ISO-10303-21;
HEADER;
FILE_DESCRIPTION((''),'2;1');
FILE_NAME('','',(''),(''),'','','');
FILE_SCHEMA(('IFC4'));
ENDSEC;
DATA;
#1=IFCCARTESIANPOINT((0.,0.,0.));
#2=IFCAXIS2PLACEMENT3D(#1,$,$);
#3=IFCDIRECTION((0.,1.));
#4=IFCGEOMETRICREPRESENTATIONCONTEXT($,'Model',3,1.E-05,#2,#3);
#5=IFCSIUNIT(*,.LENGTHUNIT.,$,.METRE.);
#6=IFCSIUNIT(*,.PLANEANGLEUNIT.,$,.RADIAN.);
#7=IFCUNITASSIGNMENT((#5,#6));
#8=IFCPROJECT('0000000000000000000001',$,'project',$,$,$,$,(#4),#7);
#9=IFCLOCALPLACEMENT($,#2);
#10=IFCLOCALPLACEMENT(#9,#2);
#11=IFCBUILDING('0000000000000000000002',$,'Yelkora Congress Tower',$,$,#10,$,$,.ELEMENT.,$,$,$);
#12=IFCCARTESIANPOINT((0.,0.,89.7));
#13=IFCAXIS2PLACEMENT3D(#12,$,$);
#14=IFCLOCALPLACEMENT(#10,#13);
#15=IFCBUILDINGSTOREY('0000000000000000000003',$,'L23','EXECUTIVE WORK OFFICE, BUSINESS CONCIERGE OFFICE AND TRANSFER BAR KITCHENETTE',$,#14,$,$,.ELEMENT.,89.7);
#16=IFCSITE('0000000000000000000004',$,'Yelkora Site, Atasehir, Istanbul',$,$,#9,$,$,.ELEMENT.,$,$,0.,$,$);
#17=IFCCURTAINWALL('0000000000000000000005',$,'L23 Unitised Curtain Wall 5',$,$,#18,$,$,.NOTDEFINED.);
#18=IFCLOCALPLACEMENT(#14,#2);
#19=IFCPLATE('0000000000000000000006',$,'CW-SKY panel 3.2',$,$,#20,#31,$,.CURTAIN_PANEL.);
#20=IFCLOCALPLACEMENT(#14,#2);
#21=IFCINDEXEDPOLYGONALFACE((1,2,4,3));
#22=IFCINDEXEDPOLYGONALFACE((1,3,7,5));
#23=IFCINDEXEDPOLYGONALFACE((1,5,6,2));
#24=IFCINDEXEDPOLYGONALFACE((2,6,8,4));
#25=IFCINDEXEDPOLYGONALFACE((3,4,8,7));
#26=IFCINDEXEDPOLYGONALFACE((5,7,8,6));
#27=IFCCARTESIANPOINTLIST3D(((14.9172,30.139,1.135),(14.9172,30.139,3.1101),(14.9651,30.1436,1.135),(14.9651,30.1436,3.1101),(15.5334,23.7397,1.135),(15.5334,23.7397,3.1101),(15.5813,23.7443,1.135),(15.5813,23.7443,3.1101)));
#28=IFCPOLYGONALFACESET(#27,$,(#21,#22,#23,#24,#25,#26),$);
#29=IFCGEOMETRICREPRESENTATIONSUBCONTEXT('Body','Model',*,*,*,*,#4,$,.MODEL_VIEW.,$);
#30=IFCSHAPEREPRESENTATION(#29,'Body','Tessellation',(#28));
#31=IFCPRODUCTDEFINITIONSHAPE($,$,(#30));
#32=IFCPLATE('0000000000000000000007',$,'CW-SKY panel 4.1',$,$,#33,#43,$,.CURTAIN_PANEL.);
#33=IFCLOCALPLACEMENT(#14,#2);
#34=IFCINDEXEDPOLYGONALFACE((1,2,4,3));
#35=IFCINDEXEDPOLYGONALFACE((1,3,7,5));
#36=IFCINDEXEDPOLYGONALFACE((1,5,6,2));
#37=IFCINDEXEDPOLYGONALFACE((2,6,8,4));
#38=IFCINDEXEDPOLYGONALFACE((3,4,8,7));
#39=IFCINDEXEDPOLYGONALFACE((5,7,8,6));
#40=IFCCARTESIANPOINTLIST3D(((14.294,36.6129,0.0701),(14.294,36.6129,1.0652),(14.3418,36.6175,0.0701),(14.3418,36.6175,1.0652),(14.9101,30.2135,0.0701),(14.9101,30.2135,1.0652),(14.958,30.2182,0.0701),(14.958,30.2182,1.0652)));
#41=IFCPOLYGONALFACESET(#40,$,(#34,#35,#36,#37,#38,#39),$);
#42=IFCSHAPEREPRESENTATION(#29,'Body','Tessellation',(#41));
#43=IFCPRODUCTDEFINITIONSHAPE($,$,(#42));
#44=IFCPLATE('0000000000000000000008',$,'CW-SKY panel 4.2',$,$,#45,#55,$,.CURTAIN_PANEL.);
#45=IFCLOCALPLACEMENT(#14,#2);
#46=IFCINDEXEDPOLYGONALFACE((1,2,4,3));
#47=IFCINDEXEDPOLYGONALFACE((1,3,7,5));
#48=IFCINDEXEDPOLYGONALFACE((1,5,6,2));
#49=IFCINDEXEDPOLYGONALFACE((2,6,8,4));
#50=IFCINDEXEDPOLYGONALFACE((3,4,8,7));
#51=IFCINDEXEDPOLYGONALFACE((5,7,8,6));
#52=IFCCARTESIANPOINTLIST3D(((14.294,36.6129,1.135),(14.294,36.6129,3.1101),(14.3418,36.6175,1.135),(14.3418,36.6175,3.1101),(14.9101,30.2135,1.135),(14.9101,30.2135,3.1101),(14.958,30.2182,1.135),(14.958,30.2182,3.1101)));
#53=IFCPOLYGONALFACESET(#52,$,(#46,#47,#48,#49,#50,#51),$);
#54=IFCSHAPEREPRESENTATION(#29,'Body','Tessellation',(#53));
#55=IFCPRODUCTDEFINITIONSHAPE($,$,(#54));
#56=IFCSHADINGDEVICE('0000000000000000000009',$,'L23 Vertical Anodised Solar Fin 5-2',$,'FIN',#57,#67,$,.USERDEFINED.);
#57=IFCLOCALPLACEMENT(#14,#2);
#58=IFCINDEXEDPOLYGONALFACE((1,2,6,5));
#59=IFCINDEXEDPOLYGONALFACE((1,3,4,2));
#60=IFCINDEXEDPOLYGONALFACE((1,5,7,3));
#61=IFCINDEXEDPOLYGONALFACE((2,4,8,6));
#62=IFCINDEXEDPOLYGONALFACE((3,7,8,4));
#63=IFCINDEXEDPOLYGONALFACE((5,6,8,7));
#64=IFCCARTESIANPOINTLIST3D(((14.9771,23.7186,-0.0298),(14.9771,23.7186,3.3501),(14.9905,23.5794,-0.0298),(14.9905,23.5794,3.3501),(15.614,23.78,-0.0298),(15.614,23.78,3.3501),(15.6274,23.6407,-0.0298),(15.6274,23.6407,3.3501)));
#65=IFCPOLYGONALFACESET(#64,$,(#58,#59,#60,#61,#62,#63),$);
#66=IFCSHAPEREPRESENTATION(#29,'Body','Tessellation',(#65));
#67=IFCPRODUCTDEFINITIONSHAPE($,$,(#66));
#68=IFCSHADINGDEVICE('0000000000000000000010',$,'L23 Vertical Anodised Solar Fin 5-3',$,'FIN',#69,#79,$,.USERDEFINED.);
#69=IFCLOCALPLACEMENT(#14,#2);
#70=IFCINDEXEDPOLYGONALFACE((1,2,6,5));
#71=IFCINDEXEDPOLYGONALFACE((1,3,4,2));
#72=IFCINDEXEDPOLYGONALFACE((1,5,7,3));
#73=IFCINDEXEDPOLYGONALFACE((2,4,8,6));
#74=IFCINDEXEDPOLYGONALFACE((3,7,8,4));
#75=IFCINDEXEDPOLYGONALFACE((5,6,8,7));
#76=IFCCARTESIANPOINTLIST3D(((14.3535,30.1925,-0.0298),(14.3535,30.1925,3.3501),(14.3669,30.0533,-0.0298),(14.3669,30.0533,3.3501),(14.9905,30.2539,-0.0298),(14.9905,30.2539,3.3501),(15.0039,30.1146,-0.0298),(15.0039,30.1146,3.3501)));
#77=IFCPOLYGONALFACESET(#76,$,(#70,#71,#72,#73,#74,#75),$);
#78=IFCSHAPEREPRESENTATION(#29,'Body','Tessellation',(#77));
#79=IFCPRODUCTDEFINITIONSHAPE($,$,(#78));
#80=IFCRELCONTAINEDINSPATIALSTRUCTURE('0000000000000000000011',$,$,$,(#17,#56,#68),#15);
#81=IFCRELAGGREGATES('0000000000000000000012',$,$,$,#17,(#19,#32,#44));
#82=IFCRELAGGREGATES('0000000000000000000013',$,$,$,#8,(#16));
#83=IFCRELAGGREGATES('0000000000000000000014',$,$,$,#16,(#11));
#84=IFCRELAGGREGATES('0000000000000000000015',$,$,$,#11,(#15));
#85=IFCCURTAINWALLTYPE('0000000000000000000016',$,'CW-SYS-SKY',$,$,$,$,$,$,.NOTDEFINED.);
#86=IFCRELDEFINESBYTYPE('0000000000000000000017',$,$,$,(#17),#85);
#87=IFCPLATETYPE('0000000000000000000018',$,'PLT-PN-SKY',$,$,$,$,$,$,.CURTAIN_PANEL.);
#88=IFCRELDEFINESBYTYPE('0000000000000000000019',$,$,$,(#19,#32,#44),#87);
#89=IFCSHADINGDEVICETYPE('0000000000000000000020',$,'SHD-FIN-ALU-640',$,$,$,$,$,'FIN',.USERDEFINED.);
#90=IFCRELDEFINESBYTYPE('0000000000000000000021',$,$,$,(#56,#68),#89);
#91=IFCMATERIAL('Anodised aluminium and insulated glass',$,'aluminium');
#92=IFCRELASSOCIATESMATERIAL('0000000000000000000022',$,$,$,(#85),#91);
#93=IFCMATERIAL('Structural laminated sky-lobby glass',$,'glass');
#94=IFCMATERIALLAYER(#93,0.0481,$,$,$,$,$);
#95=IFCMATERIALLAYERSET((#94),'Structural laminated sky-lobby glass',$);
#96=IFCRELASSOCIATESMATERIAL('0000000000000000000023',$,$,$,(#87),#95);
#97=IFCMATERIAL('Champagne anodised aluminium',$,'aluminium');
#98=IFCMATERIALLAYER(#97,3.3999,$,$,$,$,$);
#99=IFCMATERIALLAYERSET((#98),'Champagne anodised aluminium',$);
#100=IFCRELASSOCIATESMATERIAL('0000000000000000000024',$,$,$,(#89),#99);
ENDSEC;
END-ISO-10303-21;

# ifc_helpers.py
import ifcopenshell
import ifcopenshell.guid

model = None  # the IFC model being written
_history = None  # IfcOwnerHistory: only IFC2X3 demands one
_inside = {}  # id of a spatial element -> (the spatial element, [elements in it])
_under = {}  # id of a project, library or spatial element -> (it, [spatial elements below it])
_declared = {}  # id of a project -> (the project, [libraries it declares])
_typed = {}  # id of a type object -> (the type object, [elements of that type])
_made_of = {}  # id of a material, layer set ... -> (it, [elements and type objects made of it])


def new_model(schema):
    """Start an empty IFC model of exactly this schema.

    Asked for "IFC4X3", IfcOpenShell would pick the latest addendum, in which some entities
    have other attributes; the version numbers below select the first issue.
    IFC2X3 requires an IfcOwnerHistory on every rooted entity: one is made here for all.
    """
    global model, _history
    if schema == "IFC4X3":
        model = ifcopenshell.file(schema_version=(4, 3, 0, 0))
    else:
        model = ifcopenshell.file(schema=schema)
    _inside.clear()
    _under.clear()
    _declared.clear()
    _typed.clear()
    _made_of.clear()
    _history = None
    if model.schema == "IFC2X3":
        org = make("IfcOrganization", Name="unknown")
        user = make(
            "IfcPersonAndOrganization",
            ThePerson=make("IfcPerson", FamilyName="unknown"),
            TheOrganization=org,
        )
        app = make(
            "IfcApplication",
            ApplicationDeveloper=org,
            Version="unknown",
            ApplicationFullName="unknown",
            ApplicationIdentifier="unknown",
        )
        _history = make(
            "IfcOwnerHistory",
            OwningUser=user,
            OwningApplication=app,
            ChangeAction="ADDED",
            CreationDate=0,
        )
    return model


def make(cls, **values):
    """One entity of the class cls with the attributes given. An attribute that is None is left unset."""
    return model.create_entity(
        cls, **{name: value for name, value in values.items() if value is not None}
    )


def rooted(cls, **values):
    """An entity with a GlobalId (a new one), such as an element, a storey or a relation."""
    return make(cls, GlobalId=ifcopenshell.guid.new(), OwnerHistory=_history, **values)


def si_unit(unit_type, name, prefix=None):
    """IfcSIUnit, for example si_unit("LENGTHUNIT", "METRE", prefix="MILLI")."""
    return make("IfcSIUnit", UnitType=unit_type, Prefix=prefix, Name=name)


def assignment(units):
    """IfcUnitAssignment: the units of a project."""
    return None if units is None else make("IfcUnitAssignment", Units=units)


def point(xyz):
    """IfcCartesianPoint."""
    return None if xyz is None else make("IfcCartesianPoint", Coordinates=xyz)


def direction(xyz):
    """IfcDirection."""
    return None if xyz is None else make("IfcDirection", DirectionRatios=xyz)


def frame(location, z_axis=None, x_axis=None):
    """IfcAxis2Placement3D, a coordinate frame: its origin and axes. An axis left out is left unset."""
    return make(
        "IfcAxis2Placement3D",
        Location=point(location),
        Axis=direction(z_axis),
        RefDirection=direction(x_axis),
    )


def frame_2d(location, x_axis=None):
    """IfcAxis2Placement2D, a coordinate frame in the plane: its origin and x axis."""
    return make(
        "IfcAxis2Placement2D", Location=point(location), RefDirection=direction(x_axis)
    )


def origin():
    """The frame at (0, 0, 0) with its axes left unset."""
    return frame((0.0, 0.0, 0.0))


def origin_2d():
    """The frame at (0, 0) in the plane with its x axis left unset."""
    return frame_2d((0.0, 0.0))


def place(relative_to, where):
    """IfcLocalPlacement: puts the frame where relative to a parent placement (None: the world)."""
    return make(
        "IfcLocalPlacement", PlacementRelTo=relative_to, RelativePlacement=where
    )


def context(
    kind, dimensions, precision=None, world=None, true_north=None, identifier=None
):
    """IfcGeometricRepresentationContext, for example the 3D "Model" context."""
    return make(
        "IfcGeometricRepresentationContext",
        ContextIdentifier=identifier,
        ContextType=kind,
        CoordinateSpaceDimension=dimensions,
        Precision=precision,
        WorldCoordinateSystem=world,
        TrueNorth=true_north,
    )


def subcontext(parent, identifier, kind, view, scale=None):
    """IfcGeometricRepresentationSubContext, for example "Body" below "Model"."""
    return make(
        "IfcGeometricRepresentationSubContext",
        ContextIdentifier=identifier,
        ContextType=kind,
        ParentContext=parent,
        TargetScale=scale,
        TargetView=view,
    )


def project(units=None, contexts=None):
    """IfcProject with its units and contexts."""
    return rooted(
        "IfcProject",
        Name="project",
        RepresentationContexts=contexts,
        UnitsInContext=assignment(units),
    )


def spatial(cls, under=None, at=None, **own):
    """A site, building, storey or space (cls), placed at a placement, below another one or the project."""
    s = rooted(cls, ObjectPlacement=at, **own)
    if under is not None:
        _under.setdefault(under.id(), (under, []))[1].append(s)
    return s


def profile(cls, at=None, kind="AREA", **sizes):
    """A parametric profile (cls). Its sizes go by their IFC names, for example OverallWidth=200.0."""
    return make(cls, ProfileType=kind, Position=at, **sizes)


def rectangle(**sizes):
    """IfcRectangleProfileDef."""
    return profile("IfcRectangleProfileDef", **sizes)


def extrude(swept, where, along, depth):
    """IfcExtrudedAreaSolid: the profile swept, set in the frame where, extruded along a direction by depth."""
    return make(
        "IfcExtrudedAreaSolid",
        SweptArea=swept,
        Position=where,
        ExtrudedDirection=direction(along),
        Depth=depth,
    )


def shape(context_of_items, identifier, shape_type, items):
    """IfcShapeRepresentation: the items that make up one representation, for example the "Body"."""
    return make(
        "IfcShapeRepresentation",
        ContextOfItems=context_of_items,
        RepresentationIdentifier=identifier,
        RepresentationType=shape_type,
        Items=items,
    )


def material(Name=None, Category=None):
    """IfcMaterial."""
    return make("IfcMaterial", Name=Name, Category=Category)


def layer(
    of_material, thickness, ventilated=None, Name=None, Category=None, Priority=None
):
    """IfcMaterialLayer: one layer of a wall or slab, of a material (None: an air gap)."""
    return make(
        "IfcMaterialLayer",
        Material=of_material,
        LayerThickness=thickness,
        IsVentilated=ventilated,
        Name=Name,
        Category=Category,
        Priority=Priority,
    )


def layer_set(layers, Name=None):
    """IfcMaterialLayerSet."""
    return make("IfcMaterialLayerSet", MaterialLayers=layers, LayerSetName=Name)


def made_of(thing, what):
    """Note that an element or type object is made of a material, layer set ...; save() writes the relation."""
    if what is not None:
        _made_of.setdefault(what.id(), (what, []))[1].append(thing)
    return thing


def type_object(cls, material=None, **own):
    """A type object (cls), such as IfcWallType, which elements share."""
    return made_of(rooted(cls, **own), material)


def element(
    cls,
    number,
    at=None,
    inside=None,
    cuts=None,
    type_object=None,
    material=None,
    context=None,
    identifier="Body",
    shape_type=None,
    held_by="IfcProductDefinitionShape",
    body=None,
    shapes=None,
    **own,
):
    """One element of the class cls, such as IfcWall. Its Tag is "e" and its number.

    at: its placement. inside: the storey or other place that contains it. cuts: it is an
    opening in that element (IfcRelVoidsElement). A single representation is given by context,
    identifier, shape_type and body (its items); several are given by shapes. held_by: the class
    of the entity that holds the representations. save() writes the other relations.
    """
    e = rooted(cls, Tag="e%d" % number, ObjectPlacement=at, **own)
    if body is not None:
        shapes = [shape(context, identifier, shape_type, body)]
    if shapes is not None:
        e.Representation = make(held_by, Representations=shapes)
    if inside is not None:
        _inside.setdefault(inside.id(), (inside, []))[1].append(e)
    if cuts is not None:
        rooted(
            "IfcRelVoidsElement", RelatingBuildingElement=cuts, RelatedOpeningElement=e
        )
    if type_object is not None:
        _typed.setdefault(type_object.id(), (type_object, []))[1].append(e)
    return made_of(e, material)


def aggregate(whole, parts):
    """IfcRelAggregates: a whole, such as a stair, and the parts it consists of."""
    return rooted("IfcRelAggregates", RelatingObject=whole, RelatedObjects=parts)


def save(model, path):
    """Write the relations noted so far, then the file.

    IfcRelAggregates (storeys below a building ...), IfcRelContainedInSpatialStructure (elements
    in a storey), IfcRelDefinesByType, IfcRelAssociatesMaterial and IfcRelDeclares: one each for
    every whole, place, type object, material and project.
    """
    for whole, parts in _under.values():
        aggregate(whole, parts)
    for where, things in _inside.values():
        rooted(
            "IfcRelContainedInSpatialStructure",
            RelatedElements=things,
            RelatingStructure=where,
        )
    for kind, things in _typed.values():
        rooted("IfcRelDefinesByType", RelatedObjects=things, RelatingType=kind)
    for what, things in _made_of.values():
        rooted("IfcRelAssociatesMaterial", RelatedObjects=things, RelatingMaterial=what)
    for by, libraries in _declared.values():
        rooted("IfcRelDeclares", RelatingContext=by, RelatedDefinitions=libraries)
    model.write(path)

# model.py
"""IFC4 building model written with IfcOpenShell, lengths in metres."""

from ifc_helpers import new_model, si_unit, direction, frame, origin, origin_2d, place, context, subcontext, project, spatial, rectangle, extrude, material, layer, layer_set, type_object, element, aggregate, save


model = new_model("IFC4")

# Units and contexts
model_context = context("Model", 3, precision=1e-05, world=origin(), true_north=direction((0.0, 1.0)))
body_context = subcontext(model_context, "Body", "Model", "MODEL_VIEW")
ifc_project = project(units=[si_unit("LENGTHUNIT", "METRE"), si_unit("PLANEANGLEUNIT", "RADIAN")], contexts=[model_context])

# Site, building, storey
site_placement = place(None, origin())
site = spatial("IfcSite", under=ifc_project, at=site_placement, Name="Yelkora Site, Atasehir, Istanbul", CompositionType="ELEMENT", RefElevation=0.0)
building_placement = place(site_placement, origin())
building = spatial("IfcBuilding", under=site, at=building_placement, Name="Yelkora Congress Tower", CompositionType="ELEMENT")
storey_placement = place(building_placement, frame((0.0, 0.0, 89.7)))
storey = spatial("IfcBuildingStorey", under=building, at=storey_placement, Name="L23", Description="EXECUTIVE WORK OFFICE, BUSINESS CONCIERGE OFFICE AND TRANSFER BAR KITCHENETTE", CompositionType="ELEMENT", Elevation=89.7)

# Curtain wall, plates
ifc_material_1 = material(Name="Anodised aluminium and insulated glass", Category="aluminium")
curtain_wall_type = type_object("IfcCurtainWallType", Name="CW-SYS-SKY", PredefinedType="NOTDEFINED", material=ifc_material_1)
curtain_wall_placement = place(storey_placement, origin())
curtain_wall = element("IfcCurtainWall", 1, at=curtain_wall_placement, inside=storey, type_object=curtain_wall_type, Name="L23 Unitised Curtain Wall 5", PredefinedType="NOTDEFINED")
ifc_material_2 = material(Name="Structural laminated sky-lobby glass", Category="glass")
ifc_layer_1 = layer(ifc_material_2, 0.0481)
ifc_layer_set_1 = layer_set([ifc_layer_1], Name="Structural laminated sky-lobby glass")
plate_type = type_object("IfcPlateType", Name="PLT-PN-SKY", PredefinedType="CURTAIN_PANEL", material=ifc_layer_set_1)
plate_1_placement = place(storey_placement, frame((15.2493, 26.9417, 1.135), z_axis=(0.0, 0.0, 1.0), x_axis=(-0.095843, 0.995397, 0.0)))
plate_1 = element("IfcPlate", 2, at=plate_1_placement, type_object=plate_type, Name="CW-SKY panel 3.2", PredefinedType="CURTAIN_PANEL", context=body_context, shape_type="SweptSolid", body=[
    extrude(rectangle(XDim=6.429, YDim=0.0481, at=origin_2d()), origin(), (0.0, 0.0, 1.0), 1.9751),
])
plate_2_placement = place(storey_placement, frame((14.626, 33.4155, 0.0701), z_axis=(0.0, 0.0, 1.0), x_axis=(-0.095843, 0.995397, 0.0)))
plate_2 = element("IfcPlate", 3, at=plate_2_placement, type_object=plate_type, Name="CW-SKY panel 4.1", PredefinedType="CURTAIN_PANEL", context=body_context, shape_type="SweptSolid", body=[
    extrude(rectangle(XDim=6.429, YDim=0.0481, at=origin_2d()), origin(), (0.0, 0.0, 1.0), 0.9951),
])
plate_3_placement = place(storey_placement, frame((14.626, 33.4155, 1.135), z_axis=(0.0, 0.0, 1.0), x_axis=(-0.095843, 0.995397, 0.0)))
plate_3 = element("IfcPlate", 4, at=plate_3_placement, type_object=plate_type, Name="CW-SKY panel 4.2", PredefinedType="CURTAIN_PANEL", context=body_context, shape_type="SweptSolid", body=[
    extrude(rectangle(XDim=6.429, YDim=0.0481, at=origin_2d()), origin(), (0.0, 0.0, 1.0), 1.9751),
])
aggregate(curtain_wall, [plate_1, plate_2, plate_3])

# Shading devices
ifc_material_3 = material(Name="Champagne anodised aluminium", Category="aluminium")
ifc_layer_2 = layer(ifc_material_3, 3.3999)
ifc_layer_set_2 = layer_set([ifc_layer_2], Name="Champagne anodised aluminium")
shading_device_type = type_object("IfcShadingDeviceType", Name="SHD-FIN-ALU-640", ElementType="FIN", PredefinedType="USERDEFINED", material=ifc_layer_set_2)
for number, where, z_axis, x_axis, name in (
    (5, (15.3022, 23.6797, -0.0298), (0.0, 0.0, 1.0), (-0.095846, 0.995396, 0.0), "L23 Vertical Anodised Solar Fin 5-2"),
    (6, (14.6787, 30.1536, -0.0298), (0.0, 0.0, 1.0), (-0.095846, 0.995396, 0.0), "L23 Vertical Anodised Solar Fin 5-3"),
):
    element("IfcShadingDevice", number, at=place(storey_placement, frame(where, z_axis=z_axis, x_axis=x_axis)), inside=storey, type_object=shading_device_type, Name=name, ObjectType="FIN", PredefinedType="USERDEFINED", context=body_context, shape_type="SweptSolid", body=[
        extrude(rectangle(XDim=0.1399, YDim=0.6399, at=origin_2d()), origin(), (0.0, 0.0, 1.0), 3.3799),
    ])

save(model, "model.ifc")
